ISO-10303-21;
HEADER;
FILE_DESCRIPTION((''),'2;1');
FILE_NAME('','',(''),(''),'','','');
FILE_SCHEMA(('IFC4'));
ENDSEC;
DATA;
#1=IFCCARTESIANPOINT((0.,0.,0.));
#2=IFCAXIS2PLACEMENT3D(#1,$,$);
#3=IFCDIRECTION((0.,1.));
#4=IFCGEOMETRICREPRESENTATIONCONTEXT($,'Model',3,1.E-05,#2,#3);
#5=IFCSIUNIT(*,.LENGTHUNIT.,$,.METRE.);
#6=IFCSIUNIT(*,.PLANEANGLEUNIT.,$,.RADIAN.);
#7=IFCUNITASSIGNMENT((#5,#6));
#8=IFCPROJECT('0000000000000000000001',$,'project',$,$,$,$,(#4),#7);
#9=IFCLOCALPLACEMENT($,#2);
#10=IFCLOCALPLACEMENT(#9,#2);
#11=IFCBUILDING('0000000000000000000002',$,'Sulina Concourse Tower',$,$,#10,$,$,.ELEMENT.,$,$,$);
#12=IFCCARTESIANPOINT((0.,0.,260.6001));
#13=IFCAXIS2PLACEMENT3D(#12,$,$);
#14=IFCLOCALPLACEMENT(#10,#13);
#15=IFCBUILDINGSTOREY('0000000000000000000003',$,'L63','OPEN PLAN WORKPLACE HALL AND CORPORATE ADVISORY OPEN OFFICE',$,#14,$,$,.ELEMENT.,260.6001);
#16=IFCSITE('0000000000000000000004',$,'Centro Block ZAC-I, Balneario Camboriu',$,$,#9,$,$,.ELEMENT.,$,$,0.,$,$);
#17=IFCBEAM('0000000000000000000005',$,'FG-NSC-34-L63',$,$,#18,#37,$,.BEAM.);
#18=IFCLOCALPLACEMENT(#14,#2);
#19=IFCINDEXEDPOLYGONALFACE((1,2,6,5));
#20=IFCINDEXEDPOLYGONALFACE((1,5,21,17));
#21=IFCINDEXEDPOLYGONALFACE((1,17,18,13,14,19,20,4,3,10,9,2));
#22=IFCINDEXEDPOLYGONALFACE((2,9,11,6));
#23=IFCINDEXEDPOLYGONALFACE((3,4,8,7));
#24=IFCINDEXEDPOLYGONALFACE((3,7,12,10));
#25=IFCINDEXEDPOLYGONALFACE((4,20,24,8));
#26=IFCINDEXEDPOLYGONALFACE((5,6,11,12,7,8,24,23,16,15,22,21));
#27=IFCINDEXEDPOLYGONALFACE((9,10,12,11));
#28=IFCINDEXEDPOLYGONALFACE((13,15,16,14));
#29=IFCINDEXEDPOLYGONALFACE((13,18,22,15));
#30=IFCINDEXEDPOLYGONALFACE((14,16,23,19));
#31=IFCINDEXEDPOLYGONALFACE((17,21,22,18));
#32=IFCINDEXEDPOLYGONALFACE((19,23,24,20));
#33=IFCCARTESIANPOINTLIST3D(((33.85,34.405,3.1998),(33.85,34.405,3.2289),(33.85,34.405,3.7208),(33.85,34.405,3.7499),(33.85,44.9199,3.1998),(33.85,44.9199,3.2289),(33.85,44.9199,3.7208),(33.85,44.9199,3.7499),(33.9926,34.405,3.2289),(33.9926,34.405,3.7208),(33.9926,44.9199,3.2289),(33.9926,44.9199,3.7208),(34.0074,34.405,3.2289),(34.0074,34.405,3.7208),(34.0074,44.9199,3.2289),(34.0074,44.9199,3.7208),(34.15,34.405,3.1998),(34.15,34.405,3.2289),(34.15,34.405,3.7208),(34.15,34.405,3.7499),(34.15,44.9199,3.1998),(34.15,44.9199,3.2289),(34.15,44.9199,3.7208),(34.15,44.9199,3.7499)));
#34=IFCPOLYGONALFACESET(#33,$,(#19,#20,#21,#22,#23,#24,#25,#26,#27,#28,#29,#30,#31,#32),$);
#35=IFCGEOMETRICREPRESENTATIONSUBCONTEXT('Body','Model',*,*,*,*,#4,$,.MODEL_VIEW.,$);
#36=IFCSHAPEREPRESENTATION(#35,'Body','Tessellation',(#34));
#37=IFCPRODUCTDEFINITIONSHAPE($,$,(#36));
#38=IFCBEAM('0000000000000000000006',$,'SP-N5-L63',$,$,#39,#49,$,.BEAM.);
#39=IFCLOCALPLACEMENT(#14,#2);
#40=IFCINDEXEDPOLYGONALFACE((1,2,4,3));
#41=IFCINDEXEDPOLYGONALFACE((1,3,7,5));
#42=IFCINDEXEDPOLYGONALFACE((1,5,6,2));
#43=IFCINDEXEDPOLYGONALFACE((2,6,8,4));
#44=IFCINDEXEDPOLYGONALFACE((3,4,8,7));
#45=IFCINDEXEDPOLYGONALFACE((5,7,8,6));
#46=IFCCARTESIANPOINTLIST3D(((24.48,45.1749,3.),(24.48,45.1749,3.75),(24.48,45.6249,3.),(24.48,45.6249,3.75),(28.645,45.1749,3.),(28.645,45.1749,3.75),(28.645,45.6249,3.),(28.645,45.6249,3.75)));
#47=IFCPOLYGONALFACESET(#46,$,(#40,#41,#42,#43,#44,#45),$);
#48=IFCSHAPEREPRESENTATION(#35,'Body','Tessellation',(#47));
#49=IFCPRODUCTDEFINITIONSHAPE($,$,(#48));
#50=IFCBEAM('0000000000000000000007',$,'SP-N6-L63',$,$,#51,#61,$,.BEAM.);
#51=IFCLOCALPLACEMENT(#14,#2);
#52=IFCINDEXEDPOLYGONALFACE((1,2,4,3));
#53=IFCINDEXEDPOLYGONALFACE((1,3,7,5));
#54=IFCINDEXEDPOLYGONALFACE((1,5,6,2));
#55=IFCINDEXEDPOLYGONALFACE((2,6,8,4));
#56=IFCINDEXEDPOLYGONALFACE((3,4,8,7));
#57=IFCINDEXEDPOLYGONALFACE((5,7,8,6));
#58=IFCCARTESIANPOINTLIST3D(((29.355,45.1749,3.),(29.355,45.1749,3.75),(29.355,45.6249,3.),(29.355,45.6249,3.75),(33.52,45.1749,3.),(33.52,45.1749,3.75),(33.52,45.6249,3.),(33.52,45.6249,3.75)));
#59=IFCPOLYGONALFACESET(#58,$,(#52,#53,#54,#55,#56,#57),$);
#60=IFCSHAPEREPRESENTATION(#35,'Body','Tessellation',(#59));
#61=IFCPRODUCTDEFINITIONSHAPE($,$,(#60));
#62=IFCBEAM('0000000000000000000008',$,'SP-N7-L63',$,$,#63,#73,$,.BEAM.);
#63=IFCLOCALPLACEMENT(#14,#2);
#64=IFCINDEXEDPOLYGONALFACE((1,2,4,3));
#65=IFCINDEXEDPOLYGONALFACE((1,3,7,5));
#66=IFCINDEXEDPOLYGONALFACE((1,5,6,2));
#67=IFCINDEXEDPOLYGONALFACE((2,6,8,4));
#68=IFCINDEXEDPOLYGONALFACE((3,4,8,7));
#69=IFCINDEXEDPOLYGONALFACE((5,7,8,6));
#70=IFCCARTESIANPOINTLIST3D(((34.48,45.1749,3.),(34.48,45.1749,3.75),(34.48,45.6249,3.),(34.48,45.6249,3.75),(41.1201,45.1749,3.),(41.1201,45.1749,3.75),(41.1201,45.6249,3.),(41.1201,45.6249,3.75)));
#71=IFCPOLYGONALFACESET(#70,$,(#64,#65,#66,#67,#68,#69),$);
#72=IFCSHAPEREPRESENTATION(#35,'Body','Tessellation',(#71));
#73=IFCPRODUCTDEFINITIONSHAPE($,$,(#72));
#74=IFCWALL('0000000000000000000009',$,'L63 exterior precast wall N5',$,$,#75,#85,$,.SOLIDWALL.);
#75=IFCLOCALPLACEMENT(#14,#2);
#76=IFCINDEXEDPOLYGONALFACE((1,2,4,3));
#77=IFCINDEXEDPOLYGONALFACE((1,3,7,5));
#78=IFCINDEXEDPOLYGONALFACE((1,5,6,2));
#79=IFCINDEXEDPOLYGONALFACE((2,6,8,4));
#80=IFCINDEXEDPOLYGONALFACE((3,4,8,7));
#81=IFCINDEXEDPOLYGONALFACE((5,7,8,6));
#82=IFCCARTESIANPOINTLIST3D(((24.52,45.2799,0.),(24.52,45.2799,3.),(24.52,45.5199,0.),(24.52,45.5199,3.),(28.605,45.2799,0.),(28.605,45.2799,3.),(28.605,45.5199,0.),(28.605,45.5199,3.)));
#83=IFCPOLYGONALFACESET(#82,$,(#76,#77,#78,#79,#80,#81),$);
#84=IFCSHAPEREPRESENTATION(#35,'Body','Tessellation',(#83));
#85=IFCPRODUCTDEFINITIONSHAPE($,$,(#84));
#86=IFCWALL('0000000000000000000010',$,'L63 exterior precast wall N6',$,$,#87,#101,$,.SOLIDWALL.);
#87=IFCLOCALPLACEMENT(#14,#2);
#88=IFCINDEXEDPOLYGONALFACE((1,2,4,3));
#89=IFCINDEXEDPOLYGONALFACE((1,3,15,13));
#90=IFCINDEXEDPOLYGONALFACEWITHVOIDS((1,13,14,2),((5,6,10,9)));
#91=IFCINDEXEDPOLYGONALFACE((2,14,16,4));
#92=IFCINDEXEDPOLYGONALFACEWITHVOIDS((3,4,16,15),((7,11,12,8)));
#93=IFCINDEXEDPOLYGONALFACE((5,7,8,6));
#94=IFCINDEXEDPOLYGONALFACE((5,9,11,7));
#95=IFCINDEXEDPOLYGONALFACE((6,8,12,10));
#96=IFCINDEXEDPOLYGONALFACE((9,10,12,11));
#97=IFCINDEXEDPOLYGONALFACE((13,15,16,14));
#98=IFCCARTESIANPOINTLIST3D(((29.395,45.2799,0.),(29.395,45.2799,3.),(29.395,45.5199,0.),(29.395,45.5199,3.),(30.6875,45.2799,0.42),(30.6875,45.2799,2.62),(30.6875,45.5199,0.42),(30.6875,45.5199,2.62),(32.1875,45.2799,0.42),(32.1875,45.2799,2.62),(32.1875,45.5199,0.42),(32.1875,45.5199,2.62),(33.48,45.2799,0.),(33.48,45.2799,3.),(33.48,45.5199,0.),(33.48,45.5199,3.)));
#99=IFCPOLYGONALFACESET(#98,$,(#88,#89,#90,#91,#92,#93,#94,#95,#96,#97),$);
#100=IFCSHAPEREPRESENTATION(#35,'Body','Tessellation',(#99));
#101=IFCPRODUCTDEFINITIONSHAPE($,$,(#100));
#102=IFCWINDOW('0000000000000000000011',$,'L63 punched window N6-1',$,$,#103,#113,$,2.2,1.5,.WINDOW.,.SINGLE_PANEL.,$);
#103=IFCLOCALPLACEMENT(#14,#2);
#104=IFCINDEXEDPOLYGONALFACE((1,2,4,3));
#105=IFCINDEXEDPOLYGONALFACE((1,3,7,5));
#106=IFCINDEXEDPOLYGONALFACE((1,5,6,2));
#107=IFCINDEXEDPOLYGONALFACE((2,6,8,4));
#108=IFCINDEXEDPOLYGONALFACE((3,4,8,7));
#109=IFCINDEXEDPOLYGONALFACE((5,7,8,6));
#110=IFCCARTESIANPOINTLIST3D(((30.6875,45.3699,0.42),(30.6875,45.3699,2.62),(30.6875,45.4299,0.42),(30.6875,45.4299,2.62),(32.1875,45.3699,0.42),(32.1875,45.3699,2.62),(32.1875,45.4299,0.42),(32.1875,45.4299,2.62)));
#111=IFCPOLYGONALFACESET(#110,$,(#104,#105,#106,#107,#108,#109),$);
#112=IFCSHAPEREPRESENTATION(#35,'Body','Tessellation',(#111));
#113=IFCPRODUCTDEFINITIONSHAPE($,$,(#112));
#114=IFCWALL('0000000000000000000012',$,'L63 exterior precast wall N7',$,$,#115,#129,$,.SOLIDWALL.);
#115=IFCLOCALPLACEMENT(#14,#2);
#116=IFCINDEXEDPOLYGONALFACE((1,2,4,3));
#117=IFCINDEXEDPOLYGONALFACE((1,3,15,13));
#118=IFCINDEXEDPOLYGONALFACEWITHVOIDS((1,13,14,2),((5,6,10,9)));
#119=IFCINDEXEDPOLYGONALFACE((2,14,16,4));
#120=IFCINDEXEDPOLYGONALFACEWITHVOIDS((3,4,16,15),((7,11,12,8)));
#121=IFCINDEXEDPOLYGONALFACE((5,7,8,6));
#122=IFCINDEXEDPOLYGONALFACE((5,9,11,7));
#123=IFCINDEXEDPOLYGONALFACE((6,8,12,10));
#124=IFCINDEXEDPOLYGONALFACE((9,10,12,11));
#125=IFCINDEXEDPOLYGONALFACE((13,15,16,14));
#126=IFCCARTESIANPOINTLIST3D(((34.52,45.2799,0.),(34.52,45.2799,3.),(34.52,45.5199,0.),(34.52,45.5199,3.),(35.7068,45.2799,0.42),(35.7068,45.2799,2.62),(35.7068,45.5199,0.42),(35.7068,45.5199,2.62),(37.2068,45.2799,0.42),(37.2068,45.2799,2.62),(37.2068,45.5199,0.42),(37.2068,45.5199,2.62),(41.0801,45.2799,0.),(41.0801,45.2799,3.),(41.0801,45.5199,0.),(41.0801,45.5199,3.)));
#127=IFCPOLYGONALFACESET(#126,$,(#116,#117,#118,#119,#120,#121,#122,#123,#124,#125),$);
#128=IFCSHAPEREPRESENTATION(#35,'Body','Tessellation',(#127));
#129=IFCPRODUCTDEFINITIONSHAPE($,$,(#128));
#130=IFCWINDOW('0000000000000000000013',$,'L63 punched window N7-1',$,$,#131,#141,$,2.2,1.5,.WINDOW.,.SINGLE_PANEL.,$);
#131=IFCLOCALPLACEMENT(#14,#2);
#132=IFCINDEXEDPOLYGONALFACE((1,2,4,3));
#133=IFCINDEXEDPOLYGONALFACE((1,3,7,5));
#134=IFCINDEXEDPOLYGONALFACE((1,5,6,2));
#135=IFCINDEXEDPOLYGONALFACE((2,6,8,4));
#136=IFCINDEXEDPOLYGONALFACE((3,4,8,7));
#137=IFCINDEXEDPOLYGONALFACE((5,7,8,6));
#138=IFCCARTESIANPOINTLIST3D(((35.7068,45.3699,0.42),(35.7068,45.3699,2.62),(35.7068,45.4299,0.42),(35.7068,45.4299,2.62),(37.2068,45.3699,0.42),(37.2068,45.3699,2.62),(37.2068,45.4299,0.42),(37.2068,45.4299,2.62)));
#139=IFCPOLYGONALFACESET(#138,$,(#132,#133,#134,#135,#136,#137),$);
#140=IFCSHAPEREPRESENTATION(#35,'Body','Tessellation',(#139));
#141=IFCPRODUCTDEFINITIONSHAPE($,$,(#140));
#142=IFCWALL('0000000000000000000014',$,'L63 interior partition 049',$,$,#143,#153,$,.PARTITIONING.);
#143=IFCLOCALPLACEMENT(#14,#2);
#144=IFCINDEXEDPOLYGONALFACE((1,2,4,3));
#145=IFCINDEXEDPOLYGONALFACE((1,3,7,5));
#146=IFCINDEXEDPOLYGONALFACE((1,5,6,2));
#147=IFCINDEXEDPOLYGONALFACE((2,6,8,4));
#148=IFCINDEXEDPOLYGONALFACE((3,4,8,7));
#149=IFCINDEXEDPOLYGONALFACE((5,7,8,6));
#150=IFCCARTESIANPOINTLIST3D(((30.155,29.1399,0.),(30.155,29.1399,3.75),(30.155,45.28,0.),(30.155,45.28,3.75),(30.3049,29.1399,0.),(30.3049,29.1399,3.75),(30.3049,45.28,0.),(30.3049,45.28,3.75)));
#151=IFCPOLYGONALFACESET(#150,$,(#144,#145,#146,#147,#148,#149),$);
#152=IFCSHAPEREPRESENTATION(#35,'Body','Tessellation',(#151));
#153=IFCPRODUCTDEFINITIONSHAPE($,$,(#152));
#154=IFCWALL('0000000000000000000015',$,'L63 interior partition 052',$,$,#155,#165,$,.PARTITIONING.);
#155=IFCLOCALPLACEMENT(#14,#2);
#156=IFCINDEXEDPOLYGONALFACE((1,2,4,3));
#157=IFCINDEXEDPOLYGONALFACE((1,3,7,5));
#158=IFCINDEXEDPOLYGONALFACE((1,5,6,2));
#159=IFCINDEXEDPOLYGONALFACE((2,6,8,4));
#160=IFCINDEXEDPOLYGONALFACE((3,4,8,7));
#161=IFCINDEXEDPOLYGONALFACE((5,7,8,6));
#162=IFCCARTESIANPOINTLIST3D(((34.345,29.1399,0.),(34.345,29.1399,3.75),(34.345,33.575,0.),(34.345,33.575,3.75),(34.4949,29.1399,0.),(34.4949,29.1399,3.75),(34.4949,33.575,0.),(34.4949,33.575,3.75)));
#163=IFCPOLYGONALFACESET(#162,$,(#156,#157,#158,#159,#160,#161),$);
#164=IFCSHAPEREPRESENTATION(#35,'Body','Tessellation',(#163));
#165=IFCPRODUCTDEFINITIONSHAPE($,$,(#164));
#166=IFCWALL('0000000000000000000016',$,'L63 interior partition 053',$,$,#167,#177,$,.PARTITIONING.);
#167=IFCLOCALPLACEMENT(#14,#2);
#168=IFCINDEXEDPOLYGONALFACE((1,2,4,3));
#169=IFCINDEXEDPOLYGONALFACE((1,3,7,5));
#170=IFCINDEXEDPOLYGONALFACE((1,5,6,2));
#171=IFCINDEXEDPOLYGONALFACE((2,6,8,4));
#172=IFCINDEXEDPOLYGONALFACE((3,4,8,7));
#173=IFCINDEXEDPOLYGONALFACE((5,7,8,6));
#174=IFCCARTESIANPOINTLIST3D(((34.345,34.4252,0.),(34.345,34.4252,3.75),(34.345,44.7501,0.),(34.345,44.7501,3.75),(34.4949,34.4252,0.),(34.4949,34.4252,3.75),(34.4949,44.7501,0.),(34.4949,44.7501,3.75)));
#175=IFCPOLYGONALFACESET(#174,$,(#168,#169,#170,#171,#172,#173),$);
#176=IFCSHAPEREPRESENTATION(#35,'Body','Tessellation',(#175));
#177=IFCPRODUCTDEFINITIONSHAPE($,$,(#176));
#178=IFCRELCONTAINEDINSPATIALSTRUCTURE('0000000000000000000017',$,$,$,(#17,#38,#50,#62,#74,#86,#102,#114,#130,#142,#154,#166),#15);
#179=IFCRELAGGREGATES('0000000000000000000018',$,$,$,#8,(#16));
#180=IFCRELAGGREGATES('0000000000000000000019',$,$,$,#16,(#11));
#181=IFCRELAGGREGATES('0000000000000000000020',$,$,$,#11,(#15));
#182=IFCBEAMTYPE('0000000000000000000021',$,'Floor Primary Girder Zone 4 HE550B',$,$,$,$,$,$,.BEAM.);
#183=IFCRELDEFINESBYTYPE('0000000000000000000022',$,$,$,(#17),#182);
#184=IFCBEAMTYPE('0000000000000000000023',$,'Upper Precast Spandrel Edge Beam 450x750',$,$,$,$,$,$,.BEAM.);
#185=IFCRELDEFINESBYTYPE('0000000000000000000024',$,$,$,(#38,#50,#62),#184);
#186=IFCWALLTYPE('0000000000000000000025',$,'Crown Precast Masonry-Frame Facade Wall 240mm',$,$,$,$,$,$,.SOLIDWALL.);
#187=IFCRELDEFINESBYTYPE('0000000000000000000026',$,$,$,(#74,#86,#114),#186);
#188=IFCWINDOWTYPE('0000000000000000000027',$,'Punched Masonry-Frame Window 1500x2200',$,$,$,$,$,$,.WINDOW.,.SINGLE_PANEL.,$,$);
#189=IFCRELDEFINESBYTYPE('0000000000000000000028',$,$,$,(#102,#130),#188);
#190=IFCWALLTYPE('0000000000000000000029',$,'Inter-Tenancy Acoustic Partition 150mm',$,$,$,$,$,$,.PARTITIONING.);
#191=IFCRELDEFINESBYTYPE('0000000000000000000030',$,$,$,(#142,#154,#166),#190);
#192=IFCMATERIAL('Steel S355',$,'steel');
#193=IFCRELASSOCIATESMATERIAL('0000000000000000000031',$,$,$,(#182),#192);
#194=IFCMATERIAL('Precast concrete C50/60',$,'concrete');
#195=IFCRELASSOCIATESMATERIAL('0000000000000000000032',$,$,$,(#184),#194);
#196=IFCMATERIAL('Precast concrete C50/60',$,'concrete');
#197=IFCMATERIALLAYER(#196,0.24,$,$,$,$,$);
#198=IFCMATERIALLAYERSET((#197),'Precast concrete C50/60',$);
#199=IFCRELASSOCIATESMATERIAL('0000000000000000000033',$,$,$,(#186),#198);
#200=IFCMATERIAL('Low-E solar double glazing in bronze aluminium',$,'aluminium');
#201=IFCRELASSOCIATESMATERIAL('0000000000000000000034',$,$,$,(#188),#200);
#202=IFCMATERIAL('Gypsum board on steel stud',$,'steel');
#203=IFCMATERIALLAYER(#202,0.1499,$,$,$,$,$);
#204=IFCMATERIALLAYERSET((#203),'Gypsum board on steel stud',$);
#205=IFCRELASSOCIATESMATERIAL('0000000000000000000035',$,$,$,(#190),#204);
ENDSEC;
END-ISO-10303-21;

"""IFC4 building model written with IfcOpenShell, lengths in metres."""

from ifc_helpers import new_model, si_unit, direction, frame, frame_2d, origin, origin_2d, place, context, subcontext, project, spatial, rectangle, i_section, extrude, material, layer, layer_set, material_profile, profile_set, type_object, element, fill, save


model = new_model("IFC4")

# Units and contexts
model_context = context("Model", 3, precision=1e-05, world=origin(), true_north=direction((0.0, 1.0)))
body_context = subcontext(model_context, "Body", "Model", "MODEL_VIEW")
ifc_project = project(units=[si_unit("LENGTHUNIT", "METRE"), si_unit("PLANEANGLEUNIT", "RADIAN")], contexts=[model_context])

# Site, building, storey
site_placement = place(None, origin())
site = spatial("IfcSite", under=ifc_project, at=site_placement, Name="Centro Block ZAC-I, Balneario Camboriu", CompositionType="ELEMENT", RefElevation=0.0)
building_placement = place(site_placement, origin())
building = spatial("IfcBuilding", under=site, at=building_placement, Name="Sulina Concourse Tower", CompositionType="ELEMENT")
storey_placement = place(building_placement, frame((0.0, 0.0, 260.6001)))
storey = spatial("IfcBuildingStorey", under=building, at=storey_placement, Name="L63", Description="OPEN PLAN WORKPLACE HALL AND CORPORATE ADVISORY OPEN OFFICE", CompositionType="ELEMENT", Elevation=260.6001)

# Beams
ifc_material_1 = material(Name="Steel S355", Category="steel")
ifc_material_profile_1 = material_profile(ifc_material_1, i_section(OverallWidth=0.3, OverallDepth=0.55, WebThickness=0.0149, FlangeThickness=0.0291, at=origin_2d()), Name="HE 550 B")
ifc_profile_set_1 = profile_set([ifc_material_profile_1], Name="Steel S355")
beam_type_1 = type_object("IfcBeamType", Name="Floor Primary Girder Zone 4 HE550B", PredefinedType="BEAM", material=ifc_profile_set_1)
beam_1_placement = place(storey_placement, frame((34.0, 34.405, 3.4749), z_axis=(0.0, 1.0, 0.0), x_axis=(-1.0, 0.0, 0.0)))
element("IfcBeam", 1, at=beam_1_placement, inside=storey, type_object=beam_type_1, Name="FG-NSC-34-L63", PredefinedType="BEAM", context=body_context, shape_type="SweptSolid", body=[
    extrude(i_section(OverallWidth=0.3, OverallDepth=0.55, WebThickness=0.0149, FlangeThickness=0.0291, at=origin_2d()), origin(), (0.0, 0.0, 1.0), 10.5149),
])
ifc_material_2 = material(Name="Precast concrete C50/60", Category="concrete")
ifc_material_profile_2 = material_profile(ifc_material_2, rectangle(XDim=0.45, YDim=0.75, at=origin_2d()), Name="RC 450x750")
ifc_profile_set_2 = profile_set([ifc_material_profile_2], Name="Precast concrete C50/60")
beam_type_2 = type_object("IfcBeamType", Name="Upper Precast Spandrel Edge Beam 450x750", PredefinedType="BEAM", material=ifc_profile_set_2)
for number, where, z_axis, x_axis, name in (
    (2, (24.48, 45.3999, 3.375), (1.0, 0.0, 0.0), (0.0, 1.0, 0.0), "SP-N5-L63"),
    (3, (29.355, 45.3999, 3.375), (1.0, 0.0, 0.0), (0.0, 1.0, 0.0), "SP-N6-L63"),
):
    element("IfcBeam", number, at=place(storey_placement, frame(where, z_axis=z_axis, x_axis=x_axis)), inside=storey, type_object=beam_type_2, Name=name, PredefinedType="BEAM", context=body_context, shape_type="SweptSolid", body=[
        extrude(rectangle(XDim=0.45, YDim=0.75, at=origin_2d()), origin(), (0.0, 0.0, 1.0), 4.165),
    ])
beam_2_placement = place(storey_placement, frame((34.48, 45.3999, 3.375), z_axis=(1.0, 0.0, 0.0), x_axis=(0.0, 1.0, 0.0)))
element("IfcBeam", 4, at=beam_2_placement, inside=storey, type_object=beam_type_2, Name="SP-N7-L63", PredefinedType="BEAM", context=body_context, shape_type="SweptSolid", body=[
    extrude(rectangle(XDim=0.45, YDim=0.75, at=origin_2d()), origin(), (0.0, 0.0, 1.0), 6.6401),
])

# Wall
ifc_material_3 = material(Name="Precast concrete C50/60", Category="concrete")
ifc_layer_1 = layer(ifc_material_3, 0.24)
ifc_layer_set_1 = layer_set([ifc_layer_1], Name="Precast concrete C50/60")
wall_type_1 = type_object("IfcWallType", Name="Crown Precast Masonry-Frame Facade Wall 240mm", PredefinedType="SOLIDWALL", material=ifc_layer_set_1)
wall_1_placement = place(storey_placement, frame((24.52, 45.3999, 0.0), z_axis=(0.0, 0.0, 1.0), x_axis=(1.0, 0.0, 0.0)))
element("IfcWall", 5, at=wall_1_placement, inside=storey, type_object=wall_type_1, Name="L63 exterior precast wall N5", PredefinedType="SOLIDWALL", context=body_context, shape_type="SweptSolid", body=[
    extrude(rectangle(XDim=4.085, YDim=0.24, at=frame_2d((2.0425, 0.0))), origin(), (0.0, 0.0, 1.0), 3.0),
])

# Walls, openings, windows
wall_2_placement = place(storey_placement, frame((29.395, 45.3999, 0.0), z_axis=(0.0, 0.0, 1.0), x_axis=(1.0, 0.0, 0.0)))
wall_2 = element("IfcWall", 6, at=wall_2_placement, inside=storey, type_object=wall_type_1, Name="L63 exterior precast wall N6", PredefinedType="SOLIDWALL", context=body_context, shape_type="SweptSolid", body=[
    extrude(rectangle(XDim=4.085, YDim=0.24, at=frame_2d((2.0425, 0.0))), origin(), (0.0, 0.0, 1.0), 3.0),
])
opening_1_placement = place(wall_2_placement, frame((1.2925, 0.0, 0.4199)))
opening_1 = element("IfcOpeningElement", 7, at=opening_1_placement, cuts=wall_2, PredefinedType="OPENING", context=body_context, shape_type="SweptSolid", body=[
    extrude(rectangle(XDim=1.5, YDim=2.2, at=frame_2d((0.75, 1.1001))), frame((0.0, 0.1299, 0.0), z_axis=(0.0, -1.0, 0.0), x_axis=(1.0, 0.0, 0.0)), (0.0, 0.0, 1.0), 0.26),
])
ifc_material_4 = material(Name="Low-E solar double glazing in bronze aluminium", Category="aluminium")
window_type = type_object("IfcWindowType", Name="Punched Masonry-Frame Window 1500x2200", PartitioningType="SINGLE_PANEL", PredefinedType="WINDOW", material=ifc_material_4)
window_1_placement = place(opening_1_placement, origin())
window_1 = element("IfcWindow", 8, at=window_1_placement, inside=storey, type_object=window_type, Name="L63 punched window N6-1", OverallHeight=2.2, OverallWidth=1.5, PartitioningType="SINGLE_PANEL", PredefinedType="WINDOW", context=body_context, shape_type="SweptSolid", body=[
    extrude(rectangle(XDim=1.5, YDim=2.2, at=frame_2d((0.75, 1.1001))), frame((0.0, 0.03, 0.0), z_axis=(0.0, -1.0, 0.0), x_axis=(1.0, 0.0, 0.0)), (0.0, 0.0, 1.0), 0.0601),
])
fill(opening_1, window_1)
wall_3_placement = place(storey_placement, frame((34.52, 45.3999, 0.0), z_axis=(0.0, 0.0, 1.0), x_axis=(1.0, 0.0, 0.0)))
wall_3 = element("IfcWall", 9, at=wall_3_placement, inside=storey, type_object=wall_type_1, Name="L63 exterior precast wall N7", PredefinedType="SOLIDWALL", context=body_context, shape_type="SweptSolid", body=[
    extrude(rectangle(XDim=6.5601, YDim=0.24, at=frame_2d((3.28, 0.0))), origin(), (0.0, 0.0, 1.0), 3.0),
])
opening_2_placement = place(wall_3_placement, frame((1.1868, 0.0, 0.4199)))
opening_2 = element("IfcOpeningElement", 10, at=opening_2_placement, cuts=wall_3, PredefinedType="OPENING", context=body_context, shape_type="SweptSolid", body=[
    extrude(rectangle(XDim=1.5, YDim=2.2, at=frame_2d((0.75, 1.1001))), frame((0.0, 0.1299, 0.0), z_axis=(0.0, -1.0, 0.0), x_axis=(1.0, 0.0, 0.0)), (0.0, 0.0, 1.0), 0.26),
])
window_2_placement = place(opening_2_placement, origin())
window_2 = element("IfcWindow", 11, at=window_2_placement, inside=storey, type_object=window_type, Name="L63 punched window N7-1", OverallHeight=2.2, OverallWidth=1.5, PartitioningType="SINGLE_PANEL", PredefinedType="WINDOW", context=body_context, shape_type="SweptSolid", body=[
    extrude(rectangle(XDim=1.5, YDim=2.2, at=frame_2d((0.75, 1.1001))), frame((0.0, 0.03, 0.0), z_axis=(0.0, -1.0, 0.0), x_axis=(1.0, 0.0, 0.0)), (0.0, 0.0, 1.0), 0.0601),
])
fill(opening_2, window_2)

# Walls
ifc_material_5 = material(Name="Gypsum board on steel stud", Category="steel")
ifc_layer_2 = layer(ifc_material_5, 0.1499)
ifc_layer_set_2 = layer_set([ifc_layer_2], Name="Gypsum board on steel stud")
wall_type_2 = type_object("IfcWallType", Name="Inter-Tenancy Acoustic Partition 150mm", PredefinedType="PARTITIONING", material=ifc_layer_set_2)
wall_4_placement = place(storey_placement, frame((30.23, 29.1399, 0.0), z_axis=(0.0, 0.0, 1.0), x_axis=(0.0, 1.0, 0.0)))
element("IfcWall", 12, at=wall_4_placement, inside=storey, type_object=wall_type_2, Name="L63 interior partition 049", PredefinedType="PARTITIONING", context=body_context, shape_type="SweptSolid", body=[
    extrude(rectangle(XDim=16.1401, YDim=0.1499, at=frame_2d((8.0701, 0.0))), origin(), (0.0, 0.0, 1.0), 3.75),
])
wall_5_placement = place(storey_placement, frame((34.4199, 29.1399, 0.0), z_axis=(0.0, 0.0, 1.0), x_axis=(0.0, 1.0, 0.0)))
element("IfcWall", 13, at=wall_5_placement, inside=storey, type_object=wall_type_2, Name="L63 interior partition 052", PredefinedType="PARTITIONING", context=body_context, shape_type="SweptSolid", body=[
    extrude(rectangle(XDim=4.4351, YDim=0.1499, at=frame_2d((2.2175, 0.0))), origin(), (0.0, 0.0, 1.0), 3.75),
])
wall_6_placement = place(storey_placement, frame((34.4199, 34.425, 0.0), z_axis=(0.0, 0.0, 1.0), x_axis=(0.0, 1.0, 0.0)))
element("IfcWall", 14, at=wall_6_placement, inside=storey, type_object=wall_type_2, Name="L63 interior partition 053", PredefinedType="PARTITIONING", context=body_context, shape_type="SweptSolid", body=[
    extrude(rectangle(XDim=10.325, YDim=0.1499, at=frame_2d((5.1626, 0.0))), origin(), (0.0, 0.0, 1.0), 3.75),
])

save(model, "model.ifc")
